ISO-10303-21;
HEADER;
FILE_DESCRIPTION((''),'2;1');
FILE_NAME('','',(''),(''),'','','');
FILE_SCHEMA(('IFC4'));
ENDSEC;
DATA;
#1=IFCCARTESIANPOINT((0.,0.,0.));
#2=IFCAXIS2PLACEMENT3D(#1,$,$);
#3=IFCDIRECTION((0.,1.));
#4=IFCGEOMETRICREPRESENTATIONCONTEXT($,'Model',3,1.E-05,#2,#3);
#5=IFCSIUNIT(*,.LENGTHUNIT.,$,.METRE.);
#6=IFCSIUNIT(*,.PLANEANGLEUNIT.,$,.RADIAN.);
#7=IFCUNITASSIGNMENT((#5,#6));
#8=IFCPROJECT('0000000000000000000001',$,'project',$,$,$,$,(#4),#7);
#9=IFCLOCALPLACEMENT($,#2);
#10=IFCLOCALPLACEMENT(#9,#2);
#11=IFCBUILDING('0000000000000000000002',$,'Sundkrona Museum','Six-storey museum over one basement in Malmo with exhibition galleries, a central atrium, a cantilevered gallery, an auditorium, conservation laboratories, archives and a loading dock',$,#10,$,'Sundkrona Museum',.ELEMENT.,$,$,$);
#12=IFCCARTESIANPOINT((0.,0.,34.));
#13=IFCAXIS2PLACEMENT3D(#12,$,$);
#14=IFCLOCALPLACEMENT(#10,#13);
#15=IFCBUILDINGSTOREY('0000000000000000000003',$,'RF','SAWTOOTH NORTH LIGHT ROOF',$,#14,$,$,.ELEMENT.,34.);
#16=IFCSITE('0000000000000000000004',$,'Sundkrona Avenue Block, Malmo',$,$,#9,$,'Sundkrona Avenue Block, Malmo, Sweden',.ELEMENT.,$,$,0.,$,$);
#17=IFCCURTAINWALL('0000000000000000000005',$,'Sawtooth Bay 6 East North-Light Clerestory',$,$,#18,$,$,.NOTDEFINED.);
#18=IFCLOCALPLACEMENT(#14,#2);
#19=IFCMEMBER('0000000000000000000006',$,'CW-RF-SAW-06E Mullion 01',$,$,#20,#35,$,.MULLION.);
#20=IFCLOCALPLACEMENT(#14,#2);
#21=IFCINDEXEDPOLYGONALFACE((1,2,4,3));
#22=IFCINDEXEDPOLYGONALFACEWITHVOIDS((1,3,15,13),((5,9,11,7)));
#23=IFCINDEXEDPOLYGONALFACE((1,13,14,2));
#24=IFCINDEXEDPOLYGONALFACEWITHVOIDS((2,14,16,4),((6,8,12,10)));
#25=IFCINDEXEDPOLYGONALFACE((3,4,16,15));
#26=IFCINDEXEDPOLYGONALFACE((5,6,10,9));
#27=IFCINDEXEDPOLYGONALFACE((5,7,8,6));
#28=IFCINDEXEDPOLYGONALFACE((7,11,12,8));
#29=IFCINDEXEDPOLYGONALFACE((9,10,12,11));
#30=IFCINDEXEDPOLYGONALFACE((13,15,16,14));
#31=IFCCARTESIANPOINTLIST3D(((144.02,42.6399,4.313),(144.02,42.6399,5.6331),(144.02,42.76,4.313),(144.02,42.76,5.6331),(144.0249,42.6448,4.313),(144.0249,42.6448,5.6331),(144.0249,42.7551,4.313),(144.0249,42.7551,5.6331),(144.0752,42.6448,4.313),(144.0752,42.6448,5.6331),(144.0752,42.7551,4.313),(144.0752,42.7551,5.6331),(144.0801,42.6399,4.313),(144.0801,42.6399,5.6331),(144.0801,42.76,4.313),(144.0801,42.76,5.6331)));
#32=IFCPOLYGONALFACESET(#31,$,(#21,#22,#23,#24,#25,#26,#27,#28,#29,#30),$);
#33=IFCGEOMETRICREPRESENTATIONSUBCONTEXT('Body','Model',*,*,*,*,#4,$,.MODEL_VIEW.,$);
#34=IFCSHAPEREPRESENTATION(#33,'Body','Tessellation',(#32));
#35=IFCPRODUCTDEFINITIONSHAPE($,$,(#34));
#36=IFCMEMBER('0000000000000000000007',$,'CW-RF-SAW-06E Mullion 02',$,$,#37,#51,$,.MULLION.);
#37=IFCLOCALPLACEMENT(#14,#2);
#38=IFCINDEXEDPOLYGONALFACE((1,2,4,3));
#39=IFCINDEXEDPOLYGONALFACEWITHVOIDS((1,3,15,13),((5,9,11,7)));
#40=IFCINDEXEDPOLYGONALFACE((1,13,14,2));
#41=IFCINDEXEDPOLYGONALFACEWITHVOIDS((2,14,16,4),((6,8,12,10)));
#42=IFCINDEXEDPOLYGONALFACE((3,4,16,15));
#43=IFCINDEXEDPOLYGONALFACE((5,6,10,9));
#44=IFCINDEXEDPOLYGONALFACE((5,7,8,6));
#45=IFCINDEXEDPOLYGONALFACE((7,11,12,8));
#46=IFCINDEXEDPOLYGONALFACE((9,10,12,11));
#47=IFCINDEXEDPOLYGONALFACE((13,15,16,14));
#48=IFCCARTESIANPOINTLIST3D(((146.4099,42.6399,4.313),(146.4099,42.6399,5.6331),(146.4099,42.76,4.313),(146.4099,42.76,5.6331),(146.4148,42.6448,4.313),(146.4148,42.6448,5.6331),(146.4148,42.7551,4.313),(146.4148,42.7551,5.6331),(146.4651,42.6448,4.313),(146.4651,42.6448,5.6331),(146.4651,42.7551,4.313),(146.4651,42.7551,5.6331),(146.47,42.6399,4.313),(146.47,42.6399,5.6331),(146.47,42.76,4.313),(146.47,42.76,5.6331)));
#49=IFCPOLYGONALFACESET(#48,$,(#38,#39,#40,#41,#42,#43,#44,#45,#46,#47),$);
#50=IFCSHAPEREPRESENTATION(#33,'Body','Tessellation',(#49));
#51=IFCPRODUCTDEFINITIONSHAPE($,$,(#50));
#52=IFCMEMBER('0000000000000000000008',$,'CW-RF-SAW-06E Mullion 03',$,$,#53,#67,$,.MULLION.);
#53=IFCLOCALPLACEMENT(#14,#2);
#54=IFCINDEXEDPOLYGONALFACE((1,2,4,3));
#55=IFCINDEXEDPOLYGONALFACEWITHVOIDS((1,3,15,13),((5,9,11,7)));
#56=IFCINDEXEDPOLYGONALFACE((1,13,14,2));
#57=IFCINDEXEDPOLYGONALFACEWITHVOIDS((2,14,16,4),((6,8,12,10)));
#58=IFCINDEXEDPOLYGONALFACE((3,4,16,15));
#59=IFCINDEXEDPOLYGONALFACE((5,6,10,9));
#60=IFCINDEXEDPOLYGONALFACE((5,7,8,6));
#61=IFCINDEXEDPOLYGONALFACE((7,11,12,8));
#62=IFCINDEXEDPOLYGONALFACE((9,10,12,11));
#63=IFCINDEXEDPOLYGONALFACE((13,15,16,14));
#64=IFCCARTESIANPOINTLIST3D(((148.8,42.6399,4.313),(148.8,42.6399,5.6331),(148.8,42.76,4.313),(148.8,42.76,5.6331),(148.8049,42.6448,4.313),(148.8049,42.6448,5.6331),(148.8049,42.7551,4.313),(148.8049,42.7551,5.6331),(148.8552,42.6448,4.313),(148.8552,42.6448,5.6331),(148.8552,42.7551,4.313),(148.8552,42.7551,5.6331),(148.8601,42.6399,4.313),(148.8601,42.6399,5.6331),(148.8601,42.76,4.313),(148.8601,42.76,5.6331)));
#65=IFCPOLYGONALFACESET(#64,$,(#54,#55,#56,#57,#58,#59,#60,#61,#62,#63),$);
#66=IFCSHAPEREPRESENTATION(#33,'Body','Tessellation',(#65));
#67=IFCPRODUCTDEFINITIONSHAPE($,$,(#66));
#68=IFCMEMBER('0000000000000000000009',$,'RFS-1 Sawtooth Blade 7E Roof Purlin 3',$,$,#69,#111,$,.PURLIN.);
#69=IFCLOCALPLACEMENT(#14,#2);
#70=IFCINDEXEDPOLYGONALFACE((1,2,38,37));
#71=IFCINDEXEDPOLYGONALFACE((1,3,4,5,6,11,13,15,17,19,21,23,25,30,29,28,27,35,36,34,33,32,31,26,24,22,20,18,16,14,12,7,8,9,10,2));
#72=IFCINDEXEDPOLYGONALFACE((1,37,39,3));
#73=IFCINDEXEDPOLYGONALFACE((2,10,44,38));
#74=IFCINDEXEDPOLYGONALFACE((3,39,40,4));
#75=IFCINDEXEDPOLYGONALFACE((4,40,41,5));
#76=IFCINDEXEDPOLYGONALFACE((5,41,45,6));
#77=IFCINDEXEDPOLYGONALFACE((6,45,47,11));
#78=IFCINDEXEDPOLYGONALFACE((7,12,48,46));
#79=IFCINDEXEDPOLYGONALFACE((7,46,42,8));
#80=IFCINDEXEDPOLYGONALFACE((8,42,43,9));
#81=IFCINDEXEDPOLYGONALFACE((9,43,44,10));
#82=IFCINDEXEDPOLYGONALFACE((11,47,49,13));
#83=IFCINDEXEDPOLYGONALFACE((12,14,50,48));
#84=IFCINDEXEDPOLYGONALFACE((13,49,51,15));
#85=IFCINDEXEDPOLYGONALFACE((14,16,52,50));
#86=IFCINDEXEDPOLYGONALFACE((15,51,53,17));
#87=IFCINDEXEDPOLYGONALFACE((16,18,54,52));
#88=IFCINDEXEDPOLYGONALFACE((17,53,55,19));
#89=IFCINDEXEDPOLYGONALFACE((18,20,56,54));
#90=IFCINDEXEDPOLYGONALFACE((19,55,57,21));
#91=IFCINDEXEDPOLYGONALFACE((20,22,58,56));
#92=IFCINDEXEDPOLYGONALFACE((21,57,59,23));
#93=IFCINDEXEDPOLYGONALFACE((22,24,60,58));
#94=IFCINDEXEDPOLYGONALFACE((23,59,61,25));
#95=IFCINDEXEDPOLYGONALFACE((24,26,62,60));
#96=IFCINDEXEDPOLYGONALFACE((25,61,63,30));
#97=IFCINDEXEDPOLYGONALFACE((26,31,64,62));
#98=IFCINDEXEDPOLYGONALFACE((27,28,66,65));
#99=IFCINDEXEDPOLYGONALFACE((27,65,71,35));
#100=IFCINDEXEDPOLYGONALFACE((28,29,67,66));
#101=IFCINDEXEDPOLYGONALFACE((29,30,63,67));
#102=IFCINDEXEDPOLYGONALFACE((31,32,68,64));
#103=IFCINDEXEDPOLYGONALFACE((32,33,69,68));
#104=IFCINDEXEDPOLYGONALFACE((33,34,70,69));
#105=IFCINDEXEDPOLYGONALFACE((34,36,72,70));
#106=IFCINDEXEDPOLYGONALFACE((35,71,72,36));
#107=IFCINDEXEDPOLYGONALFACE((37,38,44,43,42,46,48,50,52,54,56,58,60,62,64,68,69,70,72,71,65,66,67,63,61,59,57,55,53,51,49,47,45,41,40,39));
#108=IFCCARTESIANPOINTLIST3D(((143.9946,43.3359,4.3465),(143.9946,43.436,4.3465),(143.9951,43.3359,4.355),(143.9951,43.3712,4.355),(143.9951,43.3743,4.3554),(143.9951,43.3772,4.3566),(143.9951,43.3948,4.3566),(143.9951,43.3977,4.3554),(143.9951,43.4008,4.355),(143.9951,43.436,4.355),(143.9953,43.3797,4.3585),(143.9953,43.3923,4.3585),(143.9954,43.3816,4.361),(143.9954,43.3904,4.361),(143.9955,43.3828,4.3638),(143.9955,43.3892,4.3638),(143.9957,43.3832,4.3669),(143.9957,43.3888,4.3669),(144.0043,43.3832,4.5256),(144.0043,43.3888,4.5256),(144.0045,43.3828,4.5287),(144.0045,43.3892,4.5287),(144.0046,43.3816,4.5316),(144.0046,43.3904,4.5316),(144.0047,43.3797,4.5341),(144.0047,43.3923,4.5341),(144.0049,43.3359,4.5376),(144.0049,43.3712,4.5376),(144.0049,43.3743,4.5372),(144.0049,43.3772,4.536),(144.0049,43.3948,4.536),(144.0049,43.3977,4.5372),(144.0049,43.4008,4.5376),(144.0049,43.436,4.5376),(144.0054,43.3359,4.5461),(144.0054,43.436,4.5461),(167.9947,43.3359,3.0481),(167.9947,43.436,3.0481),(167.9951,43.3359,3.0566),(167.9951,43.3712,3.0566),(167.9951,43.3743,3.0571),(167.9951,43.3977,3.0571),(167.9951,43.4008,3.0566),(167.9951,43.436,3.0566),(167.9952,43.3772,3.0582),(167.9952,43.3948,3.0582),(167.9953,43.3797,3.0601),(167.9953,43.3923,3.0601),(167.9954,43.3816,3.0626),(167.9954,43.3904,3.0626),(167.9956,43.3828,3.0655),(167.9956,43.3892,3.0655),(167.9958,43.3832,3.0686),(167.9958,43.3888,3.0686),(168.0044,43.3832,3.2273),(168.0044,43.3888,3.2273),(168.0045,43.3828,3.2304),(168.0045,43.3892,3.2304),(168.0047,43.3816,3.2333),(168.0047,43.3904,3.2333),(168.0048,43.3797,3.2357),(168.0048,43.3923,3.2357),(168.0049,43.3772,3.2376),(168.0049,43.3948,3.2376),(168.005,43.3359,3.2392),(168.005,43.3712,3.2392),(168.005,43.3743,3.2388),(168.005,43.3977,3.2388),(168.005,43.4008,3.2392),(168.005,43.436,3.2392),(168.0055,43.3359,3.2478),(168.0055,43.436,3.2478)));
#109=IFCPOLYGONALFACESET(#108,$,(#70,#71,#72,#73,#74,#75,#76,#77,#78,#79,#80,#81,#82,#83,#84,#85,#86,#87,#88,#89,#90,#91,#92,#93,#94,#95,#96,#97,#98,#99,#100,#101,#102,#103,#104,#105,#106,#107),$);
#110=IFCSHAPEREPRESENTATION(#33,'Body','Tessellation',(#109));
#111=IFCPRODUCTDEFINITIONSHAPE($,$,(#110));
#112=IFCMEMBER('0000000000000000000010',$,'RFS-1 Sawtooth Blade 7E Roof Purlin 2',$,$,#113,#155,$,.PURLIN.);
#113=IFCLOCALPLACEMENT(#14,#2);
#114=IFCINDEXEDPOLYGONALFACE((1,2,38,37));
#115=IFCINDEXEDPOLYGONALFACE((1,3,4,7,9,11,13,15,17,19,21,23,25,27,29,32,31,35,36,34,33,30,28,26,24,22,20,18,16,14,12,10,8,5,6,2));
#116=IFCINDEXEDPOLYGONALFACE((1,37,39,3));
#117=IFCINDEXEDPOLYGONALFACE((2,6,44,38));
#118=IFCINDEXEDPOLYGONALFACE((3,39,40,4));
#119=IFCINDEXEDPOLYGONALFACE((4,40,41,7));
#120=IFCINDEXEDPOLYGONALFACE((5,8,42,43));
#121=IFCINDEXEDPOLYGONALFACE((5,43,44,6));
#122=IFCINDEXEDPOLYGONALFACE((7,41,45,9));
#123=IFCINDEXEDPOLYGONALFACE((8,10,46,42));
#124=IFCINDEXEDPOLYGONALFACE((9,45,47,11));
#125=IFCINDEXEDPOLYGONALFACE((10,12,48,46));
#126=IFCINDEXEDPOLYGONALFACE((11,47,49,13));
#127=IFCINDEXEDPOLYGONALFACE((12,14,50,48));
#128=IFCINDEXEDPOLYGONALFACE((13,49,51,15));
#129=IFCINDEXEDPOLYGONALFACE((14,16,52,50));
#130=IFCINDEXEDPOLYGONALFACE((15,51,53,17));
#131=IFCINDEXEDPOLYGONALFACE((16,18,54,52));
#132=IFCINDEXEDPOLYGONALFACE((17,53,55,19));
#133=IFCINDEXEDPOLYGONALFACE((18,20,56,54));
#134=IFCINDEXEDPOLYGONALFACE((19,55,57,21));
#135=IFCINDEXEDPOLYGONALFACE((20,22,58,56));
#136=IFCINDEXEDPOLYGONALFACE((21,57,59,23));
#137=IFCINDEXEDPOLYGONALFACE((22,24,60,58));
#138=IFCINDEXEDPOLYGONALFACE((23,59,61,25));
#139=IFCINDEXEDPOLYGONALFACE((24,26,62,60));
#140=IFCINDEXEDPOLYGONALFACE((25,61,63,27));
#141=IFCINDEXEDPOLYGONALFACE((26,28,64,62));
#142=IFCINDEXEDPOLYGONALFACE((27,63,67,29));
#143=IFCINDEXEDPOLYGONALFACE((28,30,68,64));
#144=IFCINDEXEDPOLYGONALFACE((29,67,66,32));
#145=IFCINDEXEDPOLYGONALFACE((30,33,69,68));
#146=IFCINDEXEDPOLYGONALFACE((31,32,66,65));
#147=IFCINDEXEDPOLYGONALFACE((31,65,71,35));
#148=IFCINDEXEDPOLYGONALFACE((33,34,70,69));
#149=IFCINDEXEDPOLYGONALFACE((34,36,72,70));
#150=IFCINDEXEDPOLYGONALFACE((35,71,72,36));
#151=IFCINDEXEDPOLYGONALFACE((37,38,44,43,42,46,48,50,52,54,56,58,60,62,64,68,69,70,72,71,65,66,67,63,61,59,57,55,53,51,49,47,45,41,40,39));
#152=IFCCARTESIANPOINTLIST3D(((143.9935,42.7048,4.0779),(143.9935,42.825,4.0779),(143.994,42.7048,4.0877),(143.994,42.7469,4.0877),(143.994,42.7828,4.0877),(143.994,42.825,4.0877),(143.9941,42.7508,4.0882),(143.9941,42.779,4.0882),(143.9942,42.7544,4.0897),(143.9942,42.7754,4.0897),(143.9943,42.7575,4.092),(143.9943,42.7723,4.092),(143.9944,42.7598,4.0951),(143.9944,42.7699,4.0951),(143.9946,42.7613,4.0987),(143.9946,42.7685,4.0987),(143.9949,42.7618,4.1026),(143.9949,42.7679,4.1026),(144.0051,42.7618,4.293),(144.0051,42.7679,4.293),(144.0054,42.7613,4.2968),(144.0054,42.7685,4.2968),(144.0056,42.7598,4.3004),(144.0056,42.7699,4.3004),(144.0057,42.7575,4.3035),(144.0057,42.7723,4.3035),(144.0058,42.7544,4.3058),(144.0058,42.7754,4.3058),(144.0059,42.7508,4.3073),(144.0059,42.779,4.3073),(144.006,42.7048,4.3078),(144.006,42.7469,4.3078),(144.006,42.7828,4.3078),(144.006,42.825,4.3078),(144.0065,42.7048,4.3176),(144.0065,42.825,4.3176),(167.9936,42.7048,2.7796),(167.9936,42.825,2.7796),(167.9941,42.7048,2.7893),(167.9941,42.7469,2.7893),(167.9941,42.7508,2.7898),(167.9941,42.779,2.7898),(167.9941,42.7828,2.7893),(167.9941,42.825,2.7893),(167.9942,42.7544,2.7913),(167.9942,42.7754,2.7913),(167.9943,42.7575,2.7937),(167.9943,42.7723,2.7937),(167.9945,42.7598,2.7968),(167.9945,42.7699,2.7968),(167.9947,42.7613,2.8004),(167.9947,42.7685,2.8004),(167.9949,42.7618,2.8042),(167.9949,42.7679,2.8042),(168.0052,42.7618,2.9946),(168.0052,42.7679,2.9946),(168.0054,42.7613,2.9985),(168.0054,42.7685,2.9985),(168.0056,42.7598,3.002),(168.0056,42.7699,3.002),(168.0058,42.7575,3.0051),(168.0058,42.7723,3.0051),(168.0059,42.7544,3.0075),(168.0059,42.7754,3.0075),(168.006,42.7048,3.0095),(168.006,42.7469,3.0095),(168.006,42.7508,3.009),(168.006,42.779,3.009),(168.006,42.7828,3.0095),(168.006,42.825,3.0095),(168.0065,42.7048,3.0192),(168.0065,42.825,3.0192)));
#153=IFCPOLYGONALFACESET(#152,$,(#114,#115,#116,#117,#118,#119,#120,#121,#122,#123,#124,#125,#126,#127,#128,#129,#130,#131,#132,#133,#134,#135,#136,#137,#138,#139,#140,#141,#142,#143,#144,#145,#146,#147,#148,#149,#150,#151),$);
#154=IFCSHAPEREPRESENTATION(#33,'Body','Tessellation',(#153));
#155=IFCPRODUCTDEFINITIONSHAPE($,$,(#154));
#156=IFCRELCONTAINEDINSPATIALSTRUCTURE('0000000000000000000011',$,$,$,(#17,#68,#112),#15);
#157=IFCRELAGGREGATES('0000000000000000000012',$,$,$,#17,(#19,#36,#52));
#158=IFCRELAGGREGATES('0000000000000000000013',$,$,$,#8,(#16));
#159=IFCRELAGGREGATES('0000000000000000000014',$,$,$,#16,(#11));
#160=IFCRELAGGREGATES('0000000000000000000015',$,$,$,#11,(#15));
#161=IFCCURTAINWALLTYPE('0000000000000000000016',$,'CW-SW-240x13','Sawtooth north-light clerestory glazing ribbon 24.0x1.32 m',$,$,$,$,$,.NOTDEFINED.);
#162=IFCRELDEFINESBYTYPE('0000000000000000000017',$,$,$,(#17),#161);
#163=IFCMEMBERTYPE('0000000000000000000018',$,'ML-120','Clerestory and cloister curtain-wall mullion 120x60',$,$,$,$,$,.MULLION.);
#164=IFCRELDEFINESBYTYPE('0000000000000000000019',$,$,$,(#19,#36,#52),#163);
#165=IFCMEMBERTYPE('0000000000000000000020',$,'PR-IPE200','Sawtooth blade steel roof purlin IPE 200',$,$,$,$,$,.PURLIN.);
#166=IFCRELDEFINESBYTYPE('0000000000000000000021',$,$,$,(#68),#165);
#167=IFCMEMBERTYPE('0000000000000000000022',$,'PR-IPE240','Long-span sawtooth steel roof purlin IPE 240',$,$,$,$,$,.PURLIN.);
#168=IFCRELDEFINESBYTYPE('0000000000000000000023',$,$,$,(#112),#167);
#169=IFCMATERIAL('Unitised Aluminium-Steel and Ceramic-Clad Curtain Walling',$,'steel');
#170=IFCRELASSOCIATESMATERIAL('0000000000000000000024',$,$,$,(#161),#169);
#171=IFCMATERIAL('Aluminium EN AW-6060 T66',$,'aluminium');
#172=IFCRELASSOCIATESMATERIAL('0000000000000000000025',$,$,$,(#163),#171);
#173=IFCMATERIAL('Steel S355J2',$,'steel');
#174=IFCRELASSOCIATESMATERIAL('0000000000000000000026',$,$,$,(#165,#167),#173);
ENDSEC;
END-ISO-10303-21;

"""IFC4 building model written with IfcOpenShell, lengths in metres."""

from ifc_helpers import new_model, si_unit, direction, frame, origin, origin_2d, place, context, subcontext, project, spatial, hollow_rectangle, i_section, extrude, material, material_profile, profile_set, type_object, element, aggregate, save


model = new_model("IFC4")

# Units and contexts
model_context = context("Model", 3, precision=1e-05, world=origin(), true_north=direction((0.0, 1.0)))
body_context = subcontext(model_context, "Body", "Model", "MODEL_VIEW")
ifc_project = project(units=[si_unit("LENGTHUNIT", "METRE"), si_unit("PLANEANGLEUNIT", "RADIAN")], contexts=[model_context])

# Site, building, storey
site_placement = place(None, origin())
site = spatial("IfcSite", under=ifc_project, at=site_placement, Name="Sundkrona Avenue Block, Malmo", LongName="Sundkrona Avenue Block, Malmo, Sweden", CompositionType="ELEMENT", RefElevation=0.0)
building_placement = place(site_placement, origin())
building = spatial("IfcBuilding", under=site, at=building_placement, Name="Sundkrona Museum", Description="Six-storey museum over one basement in Malmo with exhibition galleries, a central atrium, a cantilevered gallery, an auditorium, conservation laboratories, archives and a loading dock", LongName="Sundkrona Museum", CompositionType="ELEMENT")
storey_placement = place(building_placement, frame((0.0, 0.0, 34.0)))
storey = spatial("IfcBuildingStorey", under=building, at=storey_placement, Name="RF", Description="SAWTOOTH NORTH LIGHT ROOF", CompositionType="ELEMENT", Elevation=34.0)

# Curtain wall, members
ifc_material_1 = material(Name="Unitised Aluminium-Steel and Ceramic-Clad Curtain Walling", Category="steel")
curtain_wall_type = type_object("IfcCurtainWallType", Name="CW-SW-240x13", Description="Sawtooth north-light clerestory glazing ribbon 24.0x1.32 m", PredefinedType="NOTDEFINED", material=ifc_material_1)
curtain_wall_1_placement = place(storey_placement, origin())
curtain_wall_1 = element("IfcCurtainWall", 1, at=curtain_wall_1_placement, inside=storey, type_object=curtain_wall_type, Name="Sawtooth Bay 6 East North-Light Clerestory", PredefinedType="NOTDEFINED")
ifc_material_2 = material(Name="Aluminium EN AW-6060 T66", Category="aluminium")
ifc_material_profile_1 = material_profile(ifc_material_2, hollow_rectangle(XDim=0.0601, YDim=0.1201, WallThickness=0.0049, at=origin_2d()), Name="RHS 120x60x5.0")
ifc_profile_set_1 = profile_set([ifc_material_profile_1], Name="Aluminium EN AW-6060 T66")
member_type_1 = type_object("IfcMemberType", Name="ML-120", Description="Clerestory and cloister curtain-wall mullion 120x60", PredefinedType="MULLION", material=ifc_profile_set_1)
member_1_placement = place(storey_placement, frame((144.05, 42.7, 4.313), z_axis=(0.0, 0.0, 1.0), x_axis=(1.0, 0.0, 0.0)))
member_1 = element("IfcMember", 2, at=member_1_placement, type_object=member_type_1, Name="CW-RF-SAW-06E Mullion 01", PredefinedType="MULLION", context=body_context, shape_type="SweptSolid", body=[
    extrude(hollow_rectangle(XDim=0.0601, YDim=0.1201, WallThickness=0.0049, at=origin_2d()), origin(), (0.0, 0.0, 1.0), 1.3201),
])
member_2_placement = place(storey_placement, frame((146.4399, 42.7, 4.313), z_axis=(0.0, 0.0, 1.0), x_axis=(1.0, 0.0, 0.0)))
member_2 = element("IfcMember", 3, at=member_2_placement, type_object=member_type_1, Name="CW-RF-SAW-06E Mullion 02", PredefinedType="MULLION", context=body_context, shape_type="SweptSolid", body=[
    extrude(hollow_rectangle(XDim=0.0601, YDim=0.1201, WallThickness=0.0049, at=origin_2d()), origin(), (0.0, 0.0, 1.0), 1.3201),
])
member_3_placement = place(storey_placement, frame((148.8301, 42.7, 4.313), z_axis=(0.0, 0.0, 1.0), x_axis=(1.0, 0.0, 0.0)))
member_3 = element("IfcMember", 4, at=member_3_placement, type_object=member_type_1, Name="CW-RF-SAW-06E Mullion 03", PredefinedType="MULLION", context=body_context, shape_type="SweptSolid", body=[
    extrude(hollow_rectangle(XDim=0.0601, YDim=0.1201, WallThickness=0.0049, at=origin_2d()), origin(), (0.0, 0.0, 1.0), 1.3201),
])

# Members
ifc_material_3 = material(Name="Steel S355J2", Category="steel")
ifc_material_profile_2 = material_profile(ifc_material_3, i_section(OverallWidth=0.1001, OverallDepth=0.2, WebThickness=0.0056, FlangeThickness=0.0085, FilletRadius=0.012, at=origin_2d()), Name="IPE 200")
ifc_profile_set_2 = profile_set([ifc_material_profile_2], Name="Steel S355J2")
member_type_2 = type_object("IfcMemberType", Name="PR-IPE200", Description="Sawtooth blade steel roof purlin IPE 200", PredefinedType="PURLIN", material=ifc_profile_set_2)
member_4_placement = place(storey_placement, frame((144.0, 43.386, 4.4463), z_axis=(0.99854, 0.0, -0.054019), x_axis=(0.0, 1.0, 0.0)))
element("IfcMember", 5, at=member_4_placement, inside=storey, type_object=member_type_2, Name="RFS-1 Sawtooth Blade 7E Roof Purlin 3", PredefinedType="PURLIN", context=body_context, shape_type="SweptSolid", body=[
    extrude(i_section(OverallWidth=0.1001, OverallDepth=0.2, WebThickness=0.0056, FlangeThickness=0.0085, FilletRadius=0.012, at=origin_2d()), origin(), (0.0, 0.0, 1.0), 24.0352),
])
ifc_material_profile_3 = material_profile(ifc_material_3, i_section(OverallWidth=0.1201, OverallDepth=0.24, WebThickness=0.0061, FlangeThickness=0.0098, FilletRadius=0.0149, at=origin_2d()), Name="IPE 240")
ifc_profile_set_3 = profile_set([ifc_material_profile_3], Name="Steel S355J2")
member_type_3 = type_object("IfcMemberType", Name="PR-IPE240", Description="Long-span sawtooth steel roof purlin IPE 240", PredefinedType="PURLIN", material=ifc_profile_set_3)
member_5_placement = place(storey_placement, frame((144.0, 42.7649, 4.1978), z_axis=(0.99854, 0.0, -0.054019), x_axis=(0.0, 1.0, 0.0)))
element("IfcMember", 6, at=member_5_placement, inside=storey, type_object=member_type_3, Name="RFS-1 Sawtooth Blade 7E Roof Purlin 2", PredefinedType="PURLIN", context=body_context, shape_type="SweptSolid", body=[
    extrude(i_section(OverallWidth=0.1201, OverallDepth=0.24, WebThickness=0.0061, FlangeThickness=0.0098, FilletRadius=0.0149, at=origin_2d()), origin(), (0.0, 0.0, 1.0), 24.0352),
])

aggregate(curtain_wall_1, [member_1, member_2, member_3])

save(model, "model.ifc")
